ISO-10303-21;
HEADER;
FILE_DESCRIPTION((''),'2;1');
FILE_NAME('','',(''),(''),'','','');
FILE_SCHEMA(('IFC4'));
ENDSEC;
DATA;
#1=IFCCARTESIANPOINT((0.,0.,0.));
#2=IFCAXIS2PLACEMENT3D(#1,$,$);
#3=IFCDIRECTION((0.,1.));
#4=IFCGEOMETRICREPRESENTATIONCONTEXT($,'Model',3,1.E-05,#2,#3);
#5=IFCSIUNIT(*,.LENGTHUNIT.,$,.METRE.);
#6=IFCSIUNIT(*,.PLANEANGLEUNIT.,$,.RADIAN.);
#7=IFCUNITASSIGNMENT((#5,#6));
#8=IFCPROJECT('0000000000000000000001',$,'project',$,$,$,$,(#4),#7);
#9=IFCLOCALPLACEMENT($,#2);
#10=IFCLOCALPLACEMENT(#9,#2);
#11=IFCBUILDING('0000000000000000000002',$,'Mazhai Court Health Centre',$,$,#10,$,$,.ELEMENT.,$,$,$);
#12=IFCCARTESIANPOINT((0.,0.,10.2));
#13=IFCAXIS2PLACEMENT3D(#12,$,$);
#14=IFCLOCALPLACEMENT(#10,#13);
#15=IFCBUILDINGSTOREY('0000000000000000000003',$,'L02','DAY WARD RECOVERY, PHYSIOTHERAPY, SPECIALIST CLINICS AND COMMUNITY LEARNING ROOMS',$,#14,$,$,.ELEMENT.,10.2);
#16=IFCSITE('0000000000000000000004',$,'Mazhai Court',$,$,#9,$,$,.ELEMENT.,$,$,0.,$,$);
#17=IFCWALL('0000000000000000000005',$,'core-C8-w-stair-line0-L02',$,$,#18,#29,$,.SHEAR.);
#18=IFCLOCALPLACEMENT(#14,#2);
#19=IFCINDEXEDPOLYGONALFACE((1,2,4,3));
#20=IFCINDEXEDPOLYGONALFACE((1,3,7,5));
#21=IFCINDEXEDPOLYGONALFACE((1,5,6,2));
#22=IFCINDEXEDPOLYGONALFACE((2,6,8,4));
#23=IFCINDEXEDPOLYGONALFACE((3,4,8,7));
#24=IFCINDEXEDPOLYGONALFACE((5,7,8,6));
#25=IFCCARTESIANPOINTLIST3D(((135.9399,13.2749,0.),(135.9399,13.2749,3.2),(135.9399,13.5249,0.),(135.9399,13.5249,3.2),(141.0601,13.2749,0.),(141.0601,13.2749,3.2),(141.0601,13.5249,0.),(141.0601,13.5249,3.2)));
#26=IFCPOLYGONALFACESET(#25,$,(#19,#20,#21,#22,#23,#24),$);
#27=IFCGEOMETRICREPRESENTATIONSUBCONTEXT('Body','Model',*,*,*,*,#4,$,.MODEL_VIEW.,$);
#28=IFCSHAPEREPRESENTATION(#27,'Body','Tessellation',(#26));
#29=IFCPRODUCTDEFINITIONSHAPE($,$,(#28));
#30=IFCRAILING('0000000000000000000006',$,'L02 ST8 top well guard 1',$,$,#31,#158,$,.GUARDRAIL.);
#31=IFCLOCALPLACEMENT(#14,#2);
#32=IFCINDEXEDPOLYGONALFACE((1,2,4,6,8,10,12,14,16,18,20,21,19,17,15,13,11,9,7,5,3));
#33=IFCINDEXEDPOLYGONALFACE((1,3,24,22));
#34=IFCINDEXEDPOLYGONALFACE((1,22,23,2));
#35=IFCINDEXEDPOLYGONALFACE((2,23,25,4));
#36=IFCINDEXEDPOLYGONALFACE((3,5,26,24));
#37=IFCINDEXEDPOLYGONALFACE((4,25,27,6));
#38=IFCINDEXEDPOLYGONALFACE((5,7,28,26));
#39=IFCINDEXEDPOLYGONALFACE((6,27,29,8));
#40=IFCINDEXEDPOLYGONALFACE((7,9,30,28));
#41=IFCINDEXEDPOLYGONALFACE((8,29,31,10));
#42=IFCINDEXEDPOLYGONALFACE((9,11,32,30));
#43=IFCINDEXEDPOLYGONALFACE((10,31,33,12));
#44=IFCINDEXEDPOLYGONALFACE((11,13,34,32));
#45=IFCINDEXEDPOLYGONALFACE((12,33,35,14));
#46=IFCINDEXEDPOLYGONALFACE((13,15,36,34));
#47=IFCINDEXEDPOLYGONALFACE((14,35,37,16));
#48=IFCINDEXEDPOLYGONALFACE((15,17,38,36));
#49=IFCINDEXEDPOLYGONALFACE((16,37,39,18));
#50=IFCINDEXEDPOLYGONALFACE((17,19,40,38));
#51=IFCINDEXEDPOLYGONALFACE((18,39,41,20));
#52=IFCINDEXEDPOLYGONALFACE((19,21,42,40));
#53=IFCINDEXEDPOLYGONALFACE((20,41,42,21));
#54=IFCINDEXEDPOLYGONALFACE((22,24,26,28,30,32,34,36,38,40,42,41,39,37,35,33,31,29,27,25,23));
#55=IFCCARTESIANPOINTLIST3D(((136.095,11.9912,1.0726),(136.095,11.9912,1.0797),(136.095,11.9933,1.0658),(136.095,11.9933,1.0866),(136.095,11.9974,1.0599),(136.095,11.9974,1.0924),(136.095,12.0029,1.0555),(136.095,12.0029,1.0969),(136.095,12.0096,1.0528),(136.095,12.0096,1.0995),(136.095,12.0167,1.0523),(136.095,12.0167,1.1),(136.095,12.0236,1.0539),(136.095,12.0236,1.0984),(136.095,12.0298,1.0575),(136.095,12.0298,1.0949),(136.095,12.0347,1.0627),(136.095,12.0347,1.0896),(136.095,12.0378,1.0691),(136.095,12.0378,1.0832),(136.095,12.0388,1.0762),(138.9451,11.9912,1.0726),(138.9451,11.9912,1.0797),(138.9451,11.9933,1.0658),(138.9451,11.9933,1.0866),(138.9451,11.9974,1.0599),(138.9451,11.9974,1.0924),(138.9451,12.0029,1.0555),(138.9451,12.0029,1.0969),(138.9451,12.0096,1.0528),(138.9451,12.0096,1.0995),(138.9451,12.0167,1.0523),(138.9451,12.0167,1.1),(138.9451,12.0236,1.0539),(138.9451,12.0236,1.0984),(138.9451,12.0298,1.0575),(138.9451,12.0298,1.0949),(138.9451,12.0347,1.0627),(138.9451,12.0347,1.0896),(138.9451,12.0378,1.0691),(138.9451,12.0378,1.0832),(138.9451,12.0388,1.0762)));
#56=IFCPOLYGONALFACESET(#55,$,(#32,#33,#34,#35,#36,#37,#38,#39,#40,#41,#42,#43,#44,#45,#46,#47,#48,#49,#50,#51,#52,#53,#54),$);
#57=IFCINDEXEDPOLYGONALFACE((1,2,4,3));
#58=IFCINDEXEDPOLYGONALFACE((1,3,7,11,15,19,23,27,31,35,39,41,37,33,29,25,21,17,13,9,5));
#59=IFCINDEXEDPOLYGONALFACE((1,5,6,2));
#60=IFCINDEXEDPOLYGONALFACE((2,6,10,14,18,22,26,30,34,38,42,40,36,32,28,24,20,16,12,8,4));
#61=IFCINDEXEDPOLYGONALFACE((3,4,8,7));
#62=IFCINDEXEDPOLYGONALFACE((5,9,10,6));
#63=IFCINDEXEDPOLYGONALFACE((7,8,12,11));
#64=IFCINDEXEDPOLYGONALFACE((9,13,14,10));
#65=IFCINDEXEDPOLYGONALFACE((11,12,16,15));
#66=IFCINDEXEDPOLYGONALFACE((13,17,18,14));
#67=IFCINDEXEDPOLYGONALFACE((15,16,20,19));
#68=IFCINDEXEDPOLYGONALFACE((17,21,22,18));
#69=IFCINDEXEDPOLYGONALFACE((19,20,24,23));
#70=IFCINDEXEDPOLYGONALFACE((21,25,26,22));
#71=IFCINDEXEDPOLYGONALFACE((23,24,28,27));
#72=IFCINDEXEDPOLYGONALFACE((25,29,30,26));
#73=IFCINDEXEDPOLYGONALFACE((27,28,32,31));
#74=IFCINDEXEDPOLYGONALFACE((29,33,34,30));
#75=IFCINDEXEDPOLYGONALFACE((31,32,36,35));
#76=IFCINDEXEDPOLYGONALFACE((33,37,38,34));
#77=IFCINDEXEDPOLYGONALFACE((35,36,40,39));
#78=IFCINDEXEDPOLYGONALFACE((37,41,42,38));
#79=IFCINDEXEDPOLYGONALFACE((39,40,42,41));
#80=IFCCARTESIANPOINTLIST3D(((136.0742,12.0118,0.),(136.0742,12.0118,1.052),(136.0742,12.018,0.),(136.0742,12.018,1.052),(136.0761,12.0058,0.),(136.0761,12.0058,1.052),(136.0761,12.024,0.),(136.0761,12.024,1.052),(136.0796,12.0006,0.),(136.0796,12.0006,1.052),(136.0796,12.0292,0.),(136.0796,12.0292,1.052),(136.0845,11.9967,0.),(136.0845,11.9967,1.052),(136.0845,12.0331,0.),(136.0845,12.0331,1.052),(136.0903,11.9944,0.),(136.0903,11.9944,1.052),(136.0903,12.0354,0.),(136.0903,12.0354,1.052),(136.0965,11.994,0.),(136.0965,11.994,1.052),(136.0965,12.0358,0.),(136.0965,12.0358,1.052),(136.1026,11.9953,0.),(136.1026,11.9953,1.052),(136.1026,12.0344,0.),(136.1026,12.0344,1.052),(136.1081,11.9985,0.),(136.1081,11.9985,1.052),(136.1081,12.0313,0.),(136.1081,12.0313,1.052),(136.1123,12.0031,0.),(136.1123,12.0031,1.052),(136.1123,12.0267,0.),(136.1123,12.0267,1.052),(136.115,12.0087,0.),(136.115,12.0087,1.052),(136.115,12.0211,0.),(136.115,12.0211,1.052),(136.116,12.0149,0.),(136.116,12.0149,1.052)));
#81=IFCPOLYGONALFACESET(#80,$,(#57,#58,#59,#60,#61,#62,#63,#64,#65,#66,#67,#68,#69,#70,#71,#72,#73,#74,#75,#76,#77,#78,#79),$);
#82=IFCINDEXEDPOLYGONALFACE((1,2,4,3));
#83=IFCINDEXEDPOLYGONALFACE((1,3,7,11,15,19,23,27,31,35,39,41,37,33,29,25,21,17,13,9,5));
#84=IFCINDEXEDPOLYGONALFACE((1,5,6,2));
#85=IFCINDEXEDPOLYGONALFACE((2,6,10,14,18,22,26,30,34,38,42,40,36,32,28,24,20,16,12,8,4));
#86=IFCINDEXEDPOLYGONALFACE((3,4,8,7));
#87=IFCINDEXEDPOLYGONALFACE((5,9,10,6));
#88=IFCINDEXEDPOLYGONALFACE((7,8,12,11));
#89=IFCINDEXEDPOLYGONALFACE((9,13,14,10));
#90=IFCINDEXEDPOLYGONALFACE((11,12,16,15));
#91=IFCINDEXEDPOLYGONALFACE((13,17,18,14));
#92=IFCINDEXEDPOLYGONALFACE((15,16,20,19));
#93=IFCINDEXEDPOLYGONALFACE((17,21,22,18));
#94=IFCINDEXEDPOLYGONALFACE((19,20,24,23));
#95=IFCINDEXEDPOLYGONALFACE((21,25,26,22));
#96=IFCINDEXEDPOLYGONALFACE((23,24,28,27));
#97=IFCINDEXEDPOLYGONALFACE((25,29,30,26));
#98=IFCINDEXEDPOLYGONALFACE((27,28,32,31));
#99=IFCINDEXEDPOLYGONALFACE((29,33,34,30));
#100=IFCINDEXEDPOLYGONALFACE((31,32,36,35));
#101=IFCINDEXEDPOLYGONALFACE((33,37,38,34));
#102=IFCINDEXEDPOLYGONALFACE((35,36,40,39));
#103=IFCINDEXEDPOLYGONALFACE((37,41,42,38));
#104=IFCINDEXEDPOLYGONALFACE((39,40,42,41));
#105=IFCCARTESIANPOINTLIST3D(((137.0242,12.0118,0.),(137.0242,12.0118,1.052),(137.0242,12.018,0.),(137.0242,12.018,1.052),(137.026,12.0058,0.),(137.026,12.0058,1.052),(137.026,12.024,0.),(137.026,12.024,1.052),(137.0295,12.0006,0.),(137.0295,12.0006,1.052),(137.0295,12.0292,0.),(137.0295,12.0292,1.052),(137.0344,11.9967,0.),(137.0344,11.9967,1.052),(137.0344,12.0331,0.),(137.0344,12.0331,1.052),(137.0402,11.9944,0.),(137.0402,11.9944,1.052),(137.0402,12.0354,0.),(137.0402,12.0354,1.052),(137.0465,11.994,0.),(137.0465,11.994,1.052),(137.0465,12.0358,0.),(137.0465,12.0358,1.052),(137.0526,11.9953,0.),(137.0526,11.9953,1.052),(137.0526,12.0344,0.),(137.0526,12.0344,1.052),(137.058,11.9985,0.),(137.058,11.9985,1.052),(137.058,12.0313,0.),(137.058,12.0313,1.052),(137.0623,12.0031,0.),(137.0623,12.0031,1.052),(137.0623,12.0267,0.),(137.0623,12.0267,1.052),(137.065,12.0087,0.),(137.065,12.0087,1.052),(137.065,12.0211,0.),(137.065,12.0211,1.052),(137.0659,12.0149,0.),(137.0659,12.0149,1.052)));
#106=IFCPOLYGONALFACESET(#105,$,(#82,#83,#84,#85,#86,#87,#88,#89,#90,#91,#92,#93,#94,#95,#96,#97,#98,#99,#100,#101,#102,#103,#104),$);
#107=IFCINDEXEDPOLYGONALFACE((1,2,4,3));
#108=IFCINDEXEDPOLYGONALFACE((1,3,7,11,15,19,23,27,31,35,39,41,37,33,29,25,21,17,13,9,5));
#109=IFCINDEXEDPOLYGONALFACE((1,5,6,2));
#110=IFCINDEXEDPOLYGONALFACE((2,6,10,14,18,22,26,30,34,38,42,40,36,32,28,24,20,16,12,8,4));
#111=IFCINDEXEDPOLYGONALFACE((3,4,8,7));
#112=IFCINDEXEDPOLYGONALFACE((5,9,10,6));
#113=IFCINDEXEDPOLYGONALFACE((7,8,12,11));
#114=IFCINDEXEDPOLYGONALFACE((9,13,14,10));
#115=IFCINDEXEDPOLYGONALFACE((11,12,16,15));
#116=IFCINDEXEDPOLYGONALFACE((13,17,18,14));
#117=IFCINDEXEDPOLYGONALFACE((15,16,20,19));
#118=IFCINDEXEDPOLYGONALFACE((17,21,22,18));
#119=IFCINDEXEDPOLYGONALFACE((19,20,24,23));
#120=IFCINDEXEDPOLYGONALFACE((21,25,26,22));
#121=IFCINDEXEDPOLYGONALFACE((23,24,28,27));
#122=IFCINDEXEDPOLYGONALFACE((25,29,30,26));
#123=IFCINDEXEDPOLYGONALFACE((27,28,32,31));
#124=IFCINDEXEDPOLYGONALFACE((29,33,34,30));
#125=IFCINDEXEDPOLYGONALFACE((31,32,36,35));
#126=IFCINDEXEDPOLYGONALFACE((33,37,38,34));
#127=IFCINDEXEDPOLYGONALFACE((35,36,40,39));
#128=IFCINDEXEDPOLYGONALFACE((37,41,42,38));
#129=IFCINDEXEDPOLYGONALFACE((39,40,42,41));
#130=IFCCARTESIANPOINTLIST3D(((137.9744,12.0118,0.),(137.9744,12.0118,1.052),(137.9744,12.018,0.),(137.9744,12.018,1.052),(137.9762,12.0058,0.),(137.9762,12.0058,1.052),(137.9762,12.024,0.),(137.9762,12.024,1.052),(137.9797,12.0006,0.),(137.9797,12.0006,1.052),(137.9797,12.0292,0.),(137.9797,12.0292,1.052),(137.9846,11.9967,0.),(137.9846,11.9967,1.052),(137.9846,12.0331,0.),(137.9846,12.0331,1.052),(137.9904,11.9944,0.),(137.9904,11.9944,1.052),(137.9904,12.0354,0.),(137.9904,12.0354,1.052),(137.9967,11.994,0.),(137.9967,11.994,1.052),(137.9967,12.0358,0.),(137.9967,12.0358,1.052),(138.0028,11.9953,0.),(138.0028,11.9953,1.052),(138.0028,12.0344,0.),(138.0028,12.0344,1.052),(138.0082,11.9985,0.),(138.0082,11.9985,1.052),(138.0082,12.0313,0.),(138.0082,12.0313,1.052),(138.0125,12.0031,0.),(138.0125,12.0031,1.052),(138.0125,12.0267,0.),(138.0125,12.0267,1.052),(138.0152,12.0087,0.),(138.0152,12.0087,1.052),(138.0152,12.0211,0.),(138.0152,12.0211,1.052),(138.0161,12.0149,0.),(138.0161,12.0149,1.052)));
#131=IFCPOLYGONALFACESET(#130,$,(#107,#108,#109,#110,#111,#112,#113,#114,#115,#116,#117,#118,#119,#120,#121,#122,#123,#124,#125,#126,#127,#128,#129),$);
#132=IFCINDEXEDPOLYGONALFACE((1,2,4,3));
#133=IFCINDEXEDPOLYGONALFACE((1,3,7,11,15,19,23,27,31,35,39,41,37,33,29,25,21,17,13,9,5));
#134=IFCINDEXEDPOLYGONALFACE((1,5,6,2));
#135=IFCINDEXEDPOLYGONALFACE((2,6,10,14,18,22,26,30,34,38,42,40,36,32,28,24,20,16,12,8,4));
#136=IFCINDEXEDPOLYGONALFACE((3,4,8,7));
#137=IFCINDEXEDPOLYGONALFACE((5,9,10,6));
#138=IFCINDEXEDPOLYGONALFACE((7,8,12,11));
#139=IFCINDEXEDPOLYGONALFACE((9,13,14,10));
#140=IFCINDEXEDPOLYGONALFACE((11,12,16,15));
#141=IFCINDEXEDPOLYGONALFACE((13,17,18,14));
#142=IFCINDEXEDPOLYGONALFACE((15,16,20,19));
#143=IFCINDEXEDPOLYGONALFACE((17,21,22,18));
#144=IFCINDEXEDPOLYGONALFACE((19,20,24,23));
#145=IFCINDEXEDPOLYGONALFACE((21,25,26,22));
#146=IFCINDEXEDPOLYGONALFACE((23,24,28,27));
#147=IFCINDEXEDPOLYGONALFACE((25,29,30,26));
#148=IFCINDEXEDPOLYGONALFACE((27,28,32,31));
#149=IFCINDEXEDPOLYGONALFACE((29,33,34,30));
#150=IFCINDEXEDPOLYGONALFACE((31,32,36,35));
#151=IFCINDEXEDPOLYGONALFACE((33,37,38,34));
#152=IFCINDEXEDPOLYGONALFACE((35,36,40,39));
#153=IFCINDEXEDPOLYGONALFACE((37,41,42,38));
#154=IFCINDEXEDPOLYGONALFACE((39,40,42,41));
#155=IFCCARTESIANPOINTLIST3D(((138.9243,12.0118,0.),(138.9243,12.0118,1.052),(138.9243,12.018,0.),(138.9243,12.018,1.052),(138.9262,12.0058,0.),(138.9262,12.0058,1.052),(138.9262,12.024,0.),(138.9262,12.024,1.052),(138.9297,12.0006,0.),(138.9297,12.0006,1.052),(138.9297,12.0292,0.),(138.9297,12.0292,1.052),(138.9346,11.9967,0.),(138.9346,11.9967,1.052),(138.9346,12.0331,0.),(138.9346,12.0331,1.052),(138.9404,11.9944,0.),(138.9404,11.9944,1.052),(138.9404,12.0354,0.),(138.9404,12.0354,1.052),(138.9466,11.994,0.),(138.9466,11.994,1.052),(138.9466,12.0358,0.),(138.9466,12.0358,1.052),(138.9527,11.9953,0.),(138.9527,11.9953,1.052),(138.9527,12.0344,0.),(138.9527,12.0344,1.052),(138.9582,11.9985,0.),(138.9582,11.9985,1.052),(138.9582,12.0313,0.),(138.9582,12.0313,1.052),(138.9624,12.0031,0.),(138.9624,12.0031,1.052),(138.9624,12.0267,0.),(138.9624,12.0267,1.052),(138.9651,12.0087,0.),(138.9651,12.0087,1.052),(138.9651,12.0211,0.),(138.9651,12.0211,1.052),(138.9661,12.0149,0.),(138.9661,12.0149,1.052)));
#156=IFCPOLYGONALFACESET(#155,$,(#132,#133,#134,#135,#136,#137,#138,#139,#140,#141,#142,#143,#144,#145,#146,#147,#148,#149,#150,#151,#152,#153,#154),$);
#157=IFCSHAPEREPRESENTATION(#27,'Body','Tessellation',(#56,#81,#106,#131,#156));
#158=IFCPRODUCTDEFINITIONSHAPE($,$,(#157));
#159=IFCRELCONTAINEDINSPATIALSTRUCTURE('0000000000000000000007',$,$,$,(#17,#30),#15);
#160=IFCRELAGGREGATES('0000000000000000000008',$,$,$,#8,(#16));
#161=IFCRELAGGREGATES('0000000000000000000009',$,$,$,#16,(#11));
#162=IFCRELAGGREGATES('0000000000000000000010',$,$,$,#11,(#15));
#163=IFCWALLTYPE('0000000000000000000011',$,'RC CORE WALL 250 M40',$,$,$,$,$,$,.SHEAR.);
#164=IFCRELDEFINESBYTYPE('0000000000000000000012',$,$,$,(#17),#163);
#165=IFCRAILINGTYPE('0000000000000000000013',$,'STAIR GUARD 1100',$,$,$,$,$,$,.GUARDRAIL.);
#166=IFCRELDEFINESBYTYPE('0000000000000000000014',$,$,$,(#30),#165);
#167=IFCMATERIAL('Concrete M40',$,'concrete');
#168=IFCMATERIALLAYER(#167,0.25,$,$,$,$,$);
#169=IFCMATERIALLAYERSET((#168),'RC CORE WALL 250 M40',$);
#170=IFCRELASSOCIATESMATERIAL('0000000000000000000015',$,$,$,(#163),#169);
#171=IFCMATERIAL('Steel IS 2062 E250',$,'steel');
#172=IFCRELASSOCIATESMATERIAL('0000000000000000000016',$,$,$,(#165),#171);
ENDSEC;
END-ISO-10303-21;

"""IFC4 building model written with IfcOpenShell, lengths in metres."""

from ifc_helpers import new_model, si_unit, direction, frame, frame_2d, origin, origin_2d, place, context, subcontext, project, spatial, rectangle, circle, extrude, material, layer, layer_set, type_object, element, save


model = new_model("IFC4")

# Units and contexts
model_context = context("Model", 3, precision=1e-05, world=origin(), true_north=direction((0.0, 1.0)))
body_context = subcontext(model_context, "Body", "Model", "MODEL_VIEW")
ifc_project = project(units=[si_unit("LENGTHUNIT", "METRE"), si_unit("PLANEANGLEUNIT", "RADIAN")], contexts=[model_context])

# Site, building, storey
site_placement = place(None, origin())
site = spatial("IfcSite", under=ifc_project, at=site_placement, Name="Mazhai Court", CompositionType="ELEMENT", RefElevation=0.0)
building_placement = place(site_placement, origin())
building = spatial("IfcBuilding", under=site, at=building_placement, Name="Mazhai Court Health Centre", CompositionType="ELEMENT")
storey_placement = place(building_placement, frame((0.0, 0.0, 10.2)))
storey = spatial("IfcBuildingStorey", under=building, at=storey_placement, Name="L02", Description="DAY WARD RECOVERY, PHYSIOTHERAPY, SPECIALIST CLINICS AND COMMUNITY LEARNING ROOMS", CompositionType="ELEMENT", Elevation=10.2)

# Wall
ifc_material_1 = material(Name="Concrete M40", Category="concrete")
ifc_layer_1 = layer(ifc_material_1, 0.25)
ifc_layer_set_1 = layer_set([ifc_layer_1], Name="RC CORE WALL 250 M40")
wall_type_1 = type_object("IfcWallType", Name="RC CORE WALL 250 M40", PredefinedType="SHEAR", material=ifc_layer_set_1)
wall_1_placement = place(storey_placement, frame((135.9399, 13.3999, 0.0), z_axis=(0.0, 0.0, 1.0), x_axis=(1.0, 0.0, 0.0)))
element("IfcWall", 1, at=wall_1_placement, inside=storey, type_object=wall_type_1, Name="core-C8-w-stair-line0-L02", PredefinedType="SHEAR", context=body_context, shape_type="SweptSolid", body=[
    extrude(rectangle(XDim=5.1201, YDim=0.25, at=frame_2d((2.5601, 0.0))), origin(), (0.0, 0.0, 1.0), 3.2),
])

# Railing
ifc_material_2 = material(Name="Steel IS 2062 E250", Category="steel")
railing_type = type_object("IfcRailingType", Name="STAIR GUARD 1100", PredefinedType="GUARDRAIL", material=ifc_material_2)
railing_placement = place(storey_placement, frame((136.095, 12.0149, 0.0)))
element("IfcRailing", 2, at=railing_placement, inside=storey, type_object=railing_type, Name="L02 ST8 top well guard 1", PredefinedType="GUARDRAIL", context=body_context, shape_type="SweptSolid", body=[
    extrude(circle(Radius=0.0239, at=origin_2d()), frame((0.0, 0.0, 1.0762), z_axis=(1.0, 0.0, 0.0), x_axis=(0.0, 1.0, 0.0)), (0.0, 0.0, 1.0), 2.8501),
    extrude(circle(Radius=0.021, at=origin_2d()), origin(), (0.0, 0.0, 1.0), 1.052),
    extrude(circle(Radius=0.021, at=origin_2d()), frame((0.95, 0.0, 0.0)), (0.0, 0.0, 1.0), 1.052),
    extrude(circle(Radius=0.021, at=origin_2d()), frame((1.9001, 0.0, 0.0)), (0.0, 0.0, 1.0), 1.052),
    extrude(circle(Radius=0.021, at=origin_2d()), frame((2.8501, 0.0, 0.0)), (0.0, 0.0, 1.0), 1.052),
])

save(model, "model.ifc")
